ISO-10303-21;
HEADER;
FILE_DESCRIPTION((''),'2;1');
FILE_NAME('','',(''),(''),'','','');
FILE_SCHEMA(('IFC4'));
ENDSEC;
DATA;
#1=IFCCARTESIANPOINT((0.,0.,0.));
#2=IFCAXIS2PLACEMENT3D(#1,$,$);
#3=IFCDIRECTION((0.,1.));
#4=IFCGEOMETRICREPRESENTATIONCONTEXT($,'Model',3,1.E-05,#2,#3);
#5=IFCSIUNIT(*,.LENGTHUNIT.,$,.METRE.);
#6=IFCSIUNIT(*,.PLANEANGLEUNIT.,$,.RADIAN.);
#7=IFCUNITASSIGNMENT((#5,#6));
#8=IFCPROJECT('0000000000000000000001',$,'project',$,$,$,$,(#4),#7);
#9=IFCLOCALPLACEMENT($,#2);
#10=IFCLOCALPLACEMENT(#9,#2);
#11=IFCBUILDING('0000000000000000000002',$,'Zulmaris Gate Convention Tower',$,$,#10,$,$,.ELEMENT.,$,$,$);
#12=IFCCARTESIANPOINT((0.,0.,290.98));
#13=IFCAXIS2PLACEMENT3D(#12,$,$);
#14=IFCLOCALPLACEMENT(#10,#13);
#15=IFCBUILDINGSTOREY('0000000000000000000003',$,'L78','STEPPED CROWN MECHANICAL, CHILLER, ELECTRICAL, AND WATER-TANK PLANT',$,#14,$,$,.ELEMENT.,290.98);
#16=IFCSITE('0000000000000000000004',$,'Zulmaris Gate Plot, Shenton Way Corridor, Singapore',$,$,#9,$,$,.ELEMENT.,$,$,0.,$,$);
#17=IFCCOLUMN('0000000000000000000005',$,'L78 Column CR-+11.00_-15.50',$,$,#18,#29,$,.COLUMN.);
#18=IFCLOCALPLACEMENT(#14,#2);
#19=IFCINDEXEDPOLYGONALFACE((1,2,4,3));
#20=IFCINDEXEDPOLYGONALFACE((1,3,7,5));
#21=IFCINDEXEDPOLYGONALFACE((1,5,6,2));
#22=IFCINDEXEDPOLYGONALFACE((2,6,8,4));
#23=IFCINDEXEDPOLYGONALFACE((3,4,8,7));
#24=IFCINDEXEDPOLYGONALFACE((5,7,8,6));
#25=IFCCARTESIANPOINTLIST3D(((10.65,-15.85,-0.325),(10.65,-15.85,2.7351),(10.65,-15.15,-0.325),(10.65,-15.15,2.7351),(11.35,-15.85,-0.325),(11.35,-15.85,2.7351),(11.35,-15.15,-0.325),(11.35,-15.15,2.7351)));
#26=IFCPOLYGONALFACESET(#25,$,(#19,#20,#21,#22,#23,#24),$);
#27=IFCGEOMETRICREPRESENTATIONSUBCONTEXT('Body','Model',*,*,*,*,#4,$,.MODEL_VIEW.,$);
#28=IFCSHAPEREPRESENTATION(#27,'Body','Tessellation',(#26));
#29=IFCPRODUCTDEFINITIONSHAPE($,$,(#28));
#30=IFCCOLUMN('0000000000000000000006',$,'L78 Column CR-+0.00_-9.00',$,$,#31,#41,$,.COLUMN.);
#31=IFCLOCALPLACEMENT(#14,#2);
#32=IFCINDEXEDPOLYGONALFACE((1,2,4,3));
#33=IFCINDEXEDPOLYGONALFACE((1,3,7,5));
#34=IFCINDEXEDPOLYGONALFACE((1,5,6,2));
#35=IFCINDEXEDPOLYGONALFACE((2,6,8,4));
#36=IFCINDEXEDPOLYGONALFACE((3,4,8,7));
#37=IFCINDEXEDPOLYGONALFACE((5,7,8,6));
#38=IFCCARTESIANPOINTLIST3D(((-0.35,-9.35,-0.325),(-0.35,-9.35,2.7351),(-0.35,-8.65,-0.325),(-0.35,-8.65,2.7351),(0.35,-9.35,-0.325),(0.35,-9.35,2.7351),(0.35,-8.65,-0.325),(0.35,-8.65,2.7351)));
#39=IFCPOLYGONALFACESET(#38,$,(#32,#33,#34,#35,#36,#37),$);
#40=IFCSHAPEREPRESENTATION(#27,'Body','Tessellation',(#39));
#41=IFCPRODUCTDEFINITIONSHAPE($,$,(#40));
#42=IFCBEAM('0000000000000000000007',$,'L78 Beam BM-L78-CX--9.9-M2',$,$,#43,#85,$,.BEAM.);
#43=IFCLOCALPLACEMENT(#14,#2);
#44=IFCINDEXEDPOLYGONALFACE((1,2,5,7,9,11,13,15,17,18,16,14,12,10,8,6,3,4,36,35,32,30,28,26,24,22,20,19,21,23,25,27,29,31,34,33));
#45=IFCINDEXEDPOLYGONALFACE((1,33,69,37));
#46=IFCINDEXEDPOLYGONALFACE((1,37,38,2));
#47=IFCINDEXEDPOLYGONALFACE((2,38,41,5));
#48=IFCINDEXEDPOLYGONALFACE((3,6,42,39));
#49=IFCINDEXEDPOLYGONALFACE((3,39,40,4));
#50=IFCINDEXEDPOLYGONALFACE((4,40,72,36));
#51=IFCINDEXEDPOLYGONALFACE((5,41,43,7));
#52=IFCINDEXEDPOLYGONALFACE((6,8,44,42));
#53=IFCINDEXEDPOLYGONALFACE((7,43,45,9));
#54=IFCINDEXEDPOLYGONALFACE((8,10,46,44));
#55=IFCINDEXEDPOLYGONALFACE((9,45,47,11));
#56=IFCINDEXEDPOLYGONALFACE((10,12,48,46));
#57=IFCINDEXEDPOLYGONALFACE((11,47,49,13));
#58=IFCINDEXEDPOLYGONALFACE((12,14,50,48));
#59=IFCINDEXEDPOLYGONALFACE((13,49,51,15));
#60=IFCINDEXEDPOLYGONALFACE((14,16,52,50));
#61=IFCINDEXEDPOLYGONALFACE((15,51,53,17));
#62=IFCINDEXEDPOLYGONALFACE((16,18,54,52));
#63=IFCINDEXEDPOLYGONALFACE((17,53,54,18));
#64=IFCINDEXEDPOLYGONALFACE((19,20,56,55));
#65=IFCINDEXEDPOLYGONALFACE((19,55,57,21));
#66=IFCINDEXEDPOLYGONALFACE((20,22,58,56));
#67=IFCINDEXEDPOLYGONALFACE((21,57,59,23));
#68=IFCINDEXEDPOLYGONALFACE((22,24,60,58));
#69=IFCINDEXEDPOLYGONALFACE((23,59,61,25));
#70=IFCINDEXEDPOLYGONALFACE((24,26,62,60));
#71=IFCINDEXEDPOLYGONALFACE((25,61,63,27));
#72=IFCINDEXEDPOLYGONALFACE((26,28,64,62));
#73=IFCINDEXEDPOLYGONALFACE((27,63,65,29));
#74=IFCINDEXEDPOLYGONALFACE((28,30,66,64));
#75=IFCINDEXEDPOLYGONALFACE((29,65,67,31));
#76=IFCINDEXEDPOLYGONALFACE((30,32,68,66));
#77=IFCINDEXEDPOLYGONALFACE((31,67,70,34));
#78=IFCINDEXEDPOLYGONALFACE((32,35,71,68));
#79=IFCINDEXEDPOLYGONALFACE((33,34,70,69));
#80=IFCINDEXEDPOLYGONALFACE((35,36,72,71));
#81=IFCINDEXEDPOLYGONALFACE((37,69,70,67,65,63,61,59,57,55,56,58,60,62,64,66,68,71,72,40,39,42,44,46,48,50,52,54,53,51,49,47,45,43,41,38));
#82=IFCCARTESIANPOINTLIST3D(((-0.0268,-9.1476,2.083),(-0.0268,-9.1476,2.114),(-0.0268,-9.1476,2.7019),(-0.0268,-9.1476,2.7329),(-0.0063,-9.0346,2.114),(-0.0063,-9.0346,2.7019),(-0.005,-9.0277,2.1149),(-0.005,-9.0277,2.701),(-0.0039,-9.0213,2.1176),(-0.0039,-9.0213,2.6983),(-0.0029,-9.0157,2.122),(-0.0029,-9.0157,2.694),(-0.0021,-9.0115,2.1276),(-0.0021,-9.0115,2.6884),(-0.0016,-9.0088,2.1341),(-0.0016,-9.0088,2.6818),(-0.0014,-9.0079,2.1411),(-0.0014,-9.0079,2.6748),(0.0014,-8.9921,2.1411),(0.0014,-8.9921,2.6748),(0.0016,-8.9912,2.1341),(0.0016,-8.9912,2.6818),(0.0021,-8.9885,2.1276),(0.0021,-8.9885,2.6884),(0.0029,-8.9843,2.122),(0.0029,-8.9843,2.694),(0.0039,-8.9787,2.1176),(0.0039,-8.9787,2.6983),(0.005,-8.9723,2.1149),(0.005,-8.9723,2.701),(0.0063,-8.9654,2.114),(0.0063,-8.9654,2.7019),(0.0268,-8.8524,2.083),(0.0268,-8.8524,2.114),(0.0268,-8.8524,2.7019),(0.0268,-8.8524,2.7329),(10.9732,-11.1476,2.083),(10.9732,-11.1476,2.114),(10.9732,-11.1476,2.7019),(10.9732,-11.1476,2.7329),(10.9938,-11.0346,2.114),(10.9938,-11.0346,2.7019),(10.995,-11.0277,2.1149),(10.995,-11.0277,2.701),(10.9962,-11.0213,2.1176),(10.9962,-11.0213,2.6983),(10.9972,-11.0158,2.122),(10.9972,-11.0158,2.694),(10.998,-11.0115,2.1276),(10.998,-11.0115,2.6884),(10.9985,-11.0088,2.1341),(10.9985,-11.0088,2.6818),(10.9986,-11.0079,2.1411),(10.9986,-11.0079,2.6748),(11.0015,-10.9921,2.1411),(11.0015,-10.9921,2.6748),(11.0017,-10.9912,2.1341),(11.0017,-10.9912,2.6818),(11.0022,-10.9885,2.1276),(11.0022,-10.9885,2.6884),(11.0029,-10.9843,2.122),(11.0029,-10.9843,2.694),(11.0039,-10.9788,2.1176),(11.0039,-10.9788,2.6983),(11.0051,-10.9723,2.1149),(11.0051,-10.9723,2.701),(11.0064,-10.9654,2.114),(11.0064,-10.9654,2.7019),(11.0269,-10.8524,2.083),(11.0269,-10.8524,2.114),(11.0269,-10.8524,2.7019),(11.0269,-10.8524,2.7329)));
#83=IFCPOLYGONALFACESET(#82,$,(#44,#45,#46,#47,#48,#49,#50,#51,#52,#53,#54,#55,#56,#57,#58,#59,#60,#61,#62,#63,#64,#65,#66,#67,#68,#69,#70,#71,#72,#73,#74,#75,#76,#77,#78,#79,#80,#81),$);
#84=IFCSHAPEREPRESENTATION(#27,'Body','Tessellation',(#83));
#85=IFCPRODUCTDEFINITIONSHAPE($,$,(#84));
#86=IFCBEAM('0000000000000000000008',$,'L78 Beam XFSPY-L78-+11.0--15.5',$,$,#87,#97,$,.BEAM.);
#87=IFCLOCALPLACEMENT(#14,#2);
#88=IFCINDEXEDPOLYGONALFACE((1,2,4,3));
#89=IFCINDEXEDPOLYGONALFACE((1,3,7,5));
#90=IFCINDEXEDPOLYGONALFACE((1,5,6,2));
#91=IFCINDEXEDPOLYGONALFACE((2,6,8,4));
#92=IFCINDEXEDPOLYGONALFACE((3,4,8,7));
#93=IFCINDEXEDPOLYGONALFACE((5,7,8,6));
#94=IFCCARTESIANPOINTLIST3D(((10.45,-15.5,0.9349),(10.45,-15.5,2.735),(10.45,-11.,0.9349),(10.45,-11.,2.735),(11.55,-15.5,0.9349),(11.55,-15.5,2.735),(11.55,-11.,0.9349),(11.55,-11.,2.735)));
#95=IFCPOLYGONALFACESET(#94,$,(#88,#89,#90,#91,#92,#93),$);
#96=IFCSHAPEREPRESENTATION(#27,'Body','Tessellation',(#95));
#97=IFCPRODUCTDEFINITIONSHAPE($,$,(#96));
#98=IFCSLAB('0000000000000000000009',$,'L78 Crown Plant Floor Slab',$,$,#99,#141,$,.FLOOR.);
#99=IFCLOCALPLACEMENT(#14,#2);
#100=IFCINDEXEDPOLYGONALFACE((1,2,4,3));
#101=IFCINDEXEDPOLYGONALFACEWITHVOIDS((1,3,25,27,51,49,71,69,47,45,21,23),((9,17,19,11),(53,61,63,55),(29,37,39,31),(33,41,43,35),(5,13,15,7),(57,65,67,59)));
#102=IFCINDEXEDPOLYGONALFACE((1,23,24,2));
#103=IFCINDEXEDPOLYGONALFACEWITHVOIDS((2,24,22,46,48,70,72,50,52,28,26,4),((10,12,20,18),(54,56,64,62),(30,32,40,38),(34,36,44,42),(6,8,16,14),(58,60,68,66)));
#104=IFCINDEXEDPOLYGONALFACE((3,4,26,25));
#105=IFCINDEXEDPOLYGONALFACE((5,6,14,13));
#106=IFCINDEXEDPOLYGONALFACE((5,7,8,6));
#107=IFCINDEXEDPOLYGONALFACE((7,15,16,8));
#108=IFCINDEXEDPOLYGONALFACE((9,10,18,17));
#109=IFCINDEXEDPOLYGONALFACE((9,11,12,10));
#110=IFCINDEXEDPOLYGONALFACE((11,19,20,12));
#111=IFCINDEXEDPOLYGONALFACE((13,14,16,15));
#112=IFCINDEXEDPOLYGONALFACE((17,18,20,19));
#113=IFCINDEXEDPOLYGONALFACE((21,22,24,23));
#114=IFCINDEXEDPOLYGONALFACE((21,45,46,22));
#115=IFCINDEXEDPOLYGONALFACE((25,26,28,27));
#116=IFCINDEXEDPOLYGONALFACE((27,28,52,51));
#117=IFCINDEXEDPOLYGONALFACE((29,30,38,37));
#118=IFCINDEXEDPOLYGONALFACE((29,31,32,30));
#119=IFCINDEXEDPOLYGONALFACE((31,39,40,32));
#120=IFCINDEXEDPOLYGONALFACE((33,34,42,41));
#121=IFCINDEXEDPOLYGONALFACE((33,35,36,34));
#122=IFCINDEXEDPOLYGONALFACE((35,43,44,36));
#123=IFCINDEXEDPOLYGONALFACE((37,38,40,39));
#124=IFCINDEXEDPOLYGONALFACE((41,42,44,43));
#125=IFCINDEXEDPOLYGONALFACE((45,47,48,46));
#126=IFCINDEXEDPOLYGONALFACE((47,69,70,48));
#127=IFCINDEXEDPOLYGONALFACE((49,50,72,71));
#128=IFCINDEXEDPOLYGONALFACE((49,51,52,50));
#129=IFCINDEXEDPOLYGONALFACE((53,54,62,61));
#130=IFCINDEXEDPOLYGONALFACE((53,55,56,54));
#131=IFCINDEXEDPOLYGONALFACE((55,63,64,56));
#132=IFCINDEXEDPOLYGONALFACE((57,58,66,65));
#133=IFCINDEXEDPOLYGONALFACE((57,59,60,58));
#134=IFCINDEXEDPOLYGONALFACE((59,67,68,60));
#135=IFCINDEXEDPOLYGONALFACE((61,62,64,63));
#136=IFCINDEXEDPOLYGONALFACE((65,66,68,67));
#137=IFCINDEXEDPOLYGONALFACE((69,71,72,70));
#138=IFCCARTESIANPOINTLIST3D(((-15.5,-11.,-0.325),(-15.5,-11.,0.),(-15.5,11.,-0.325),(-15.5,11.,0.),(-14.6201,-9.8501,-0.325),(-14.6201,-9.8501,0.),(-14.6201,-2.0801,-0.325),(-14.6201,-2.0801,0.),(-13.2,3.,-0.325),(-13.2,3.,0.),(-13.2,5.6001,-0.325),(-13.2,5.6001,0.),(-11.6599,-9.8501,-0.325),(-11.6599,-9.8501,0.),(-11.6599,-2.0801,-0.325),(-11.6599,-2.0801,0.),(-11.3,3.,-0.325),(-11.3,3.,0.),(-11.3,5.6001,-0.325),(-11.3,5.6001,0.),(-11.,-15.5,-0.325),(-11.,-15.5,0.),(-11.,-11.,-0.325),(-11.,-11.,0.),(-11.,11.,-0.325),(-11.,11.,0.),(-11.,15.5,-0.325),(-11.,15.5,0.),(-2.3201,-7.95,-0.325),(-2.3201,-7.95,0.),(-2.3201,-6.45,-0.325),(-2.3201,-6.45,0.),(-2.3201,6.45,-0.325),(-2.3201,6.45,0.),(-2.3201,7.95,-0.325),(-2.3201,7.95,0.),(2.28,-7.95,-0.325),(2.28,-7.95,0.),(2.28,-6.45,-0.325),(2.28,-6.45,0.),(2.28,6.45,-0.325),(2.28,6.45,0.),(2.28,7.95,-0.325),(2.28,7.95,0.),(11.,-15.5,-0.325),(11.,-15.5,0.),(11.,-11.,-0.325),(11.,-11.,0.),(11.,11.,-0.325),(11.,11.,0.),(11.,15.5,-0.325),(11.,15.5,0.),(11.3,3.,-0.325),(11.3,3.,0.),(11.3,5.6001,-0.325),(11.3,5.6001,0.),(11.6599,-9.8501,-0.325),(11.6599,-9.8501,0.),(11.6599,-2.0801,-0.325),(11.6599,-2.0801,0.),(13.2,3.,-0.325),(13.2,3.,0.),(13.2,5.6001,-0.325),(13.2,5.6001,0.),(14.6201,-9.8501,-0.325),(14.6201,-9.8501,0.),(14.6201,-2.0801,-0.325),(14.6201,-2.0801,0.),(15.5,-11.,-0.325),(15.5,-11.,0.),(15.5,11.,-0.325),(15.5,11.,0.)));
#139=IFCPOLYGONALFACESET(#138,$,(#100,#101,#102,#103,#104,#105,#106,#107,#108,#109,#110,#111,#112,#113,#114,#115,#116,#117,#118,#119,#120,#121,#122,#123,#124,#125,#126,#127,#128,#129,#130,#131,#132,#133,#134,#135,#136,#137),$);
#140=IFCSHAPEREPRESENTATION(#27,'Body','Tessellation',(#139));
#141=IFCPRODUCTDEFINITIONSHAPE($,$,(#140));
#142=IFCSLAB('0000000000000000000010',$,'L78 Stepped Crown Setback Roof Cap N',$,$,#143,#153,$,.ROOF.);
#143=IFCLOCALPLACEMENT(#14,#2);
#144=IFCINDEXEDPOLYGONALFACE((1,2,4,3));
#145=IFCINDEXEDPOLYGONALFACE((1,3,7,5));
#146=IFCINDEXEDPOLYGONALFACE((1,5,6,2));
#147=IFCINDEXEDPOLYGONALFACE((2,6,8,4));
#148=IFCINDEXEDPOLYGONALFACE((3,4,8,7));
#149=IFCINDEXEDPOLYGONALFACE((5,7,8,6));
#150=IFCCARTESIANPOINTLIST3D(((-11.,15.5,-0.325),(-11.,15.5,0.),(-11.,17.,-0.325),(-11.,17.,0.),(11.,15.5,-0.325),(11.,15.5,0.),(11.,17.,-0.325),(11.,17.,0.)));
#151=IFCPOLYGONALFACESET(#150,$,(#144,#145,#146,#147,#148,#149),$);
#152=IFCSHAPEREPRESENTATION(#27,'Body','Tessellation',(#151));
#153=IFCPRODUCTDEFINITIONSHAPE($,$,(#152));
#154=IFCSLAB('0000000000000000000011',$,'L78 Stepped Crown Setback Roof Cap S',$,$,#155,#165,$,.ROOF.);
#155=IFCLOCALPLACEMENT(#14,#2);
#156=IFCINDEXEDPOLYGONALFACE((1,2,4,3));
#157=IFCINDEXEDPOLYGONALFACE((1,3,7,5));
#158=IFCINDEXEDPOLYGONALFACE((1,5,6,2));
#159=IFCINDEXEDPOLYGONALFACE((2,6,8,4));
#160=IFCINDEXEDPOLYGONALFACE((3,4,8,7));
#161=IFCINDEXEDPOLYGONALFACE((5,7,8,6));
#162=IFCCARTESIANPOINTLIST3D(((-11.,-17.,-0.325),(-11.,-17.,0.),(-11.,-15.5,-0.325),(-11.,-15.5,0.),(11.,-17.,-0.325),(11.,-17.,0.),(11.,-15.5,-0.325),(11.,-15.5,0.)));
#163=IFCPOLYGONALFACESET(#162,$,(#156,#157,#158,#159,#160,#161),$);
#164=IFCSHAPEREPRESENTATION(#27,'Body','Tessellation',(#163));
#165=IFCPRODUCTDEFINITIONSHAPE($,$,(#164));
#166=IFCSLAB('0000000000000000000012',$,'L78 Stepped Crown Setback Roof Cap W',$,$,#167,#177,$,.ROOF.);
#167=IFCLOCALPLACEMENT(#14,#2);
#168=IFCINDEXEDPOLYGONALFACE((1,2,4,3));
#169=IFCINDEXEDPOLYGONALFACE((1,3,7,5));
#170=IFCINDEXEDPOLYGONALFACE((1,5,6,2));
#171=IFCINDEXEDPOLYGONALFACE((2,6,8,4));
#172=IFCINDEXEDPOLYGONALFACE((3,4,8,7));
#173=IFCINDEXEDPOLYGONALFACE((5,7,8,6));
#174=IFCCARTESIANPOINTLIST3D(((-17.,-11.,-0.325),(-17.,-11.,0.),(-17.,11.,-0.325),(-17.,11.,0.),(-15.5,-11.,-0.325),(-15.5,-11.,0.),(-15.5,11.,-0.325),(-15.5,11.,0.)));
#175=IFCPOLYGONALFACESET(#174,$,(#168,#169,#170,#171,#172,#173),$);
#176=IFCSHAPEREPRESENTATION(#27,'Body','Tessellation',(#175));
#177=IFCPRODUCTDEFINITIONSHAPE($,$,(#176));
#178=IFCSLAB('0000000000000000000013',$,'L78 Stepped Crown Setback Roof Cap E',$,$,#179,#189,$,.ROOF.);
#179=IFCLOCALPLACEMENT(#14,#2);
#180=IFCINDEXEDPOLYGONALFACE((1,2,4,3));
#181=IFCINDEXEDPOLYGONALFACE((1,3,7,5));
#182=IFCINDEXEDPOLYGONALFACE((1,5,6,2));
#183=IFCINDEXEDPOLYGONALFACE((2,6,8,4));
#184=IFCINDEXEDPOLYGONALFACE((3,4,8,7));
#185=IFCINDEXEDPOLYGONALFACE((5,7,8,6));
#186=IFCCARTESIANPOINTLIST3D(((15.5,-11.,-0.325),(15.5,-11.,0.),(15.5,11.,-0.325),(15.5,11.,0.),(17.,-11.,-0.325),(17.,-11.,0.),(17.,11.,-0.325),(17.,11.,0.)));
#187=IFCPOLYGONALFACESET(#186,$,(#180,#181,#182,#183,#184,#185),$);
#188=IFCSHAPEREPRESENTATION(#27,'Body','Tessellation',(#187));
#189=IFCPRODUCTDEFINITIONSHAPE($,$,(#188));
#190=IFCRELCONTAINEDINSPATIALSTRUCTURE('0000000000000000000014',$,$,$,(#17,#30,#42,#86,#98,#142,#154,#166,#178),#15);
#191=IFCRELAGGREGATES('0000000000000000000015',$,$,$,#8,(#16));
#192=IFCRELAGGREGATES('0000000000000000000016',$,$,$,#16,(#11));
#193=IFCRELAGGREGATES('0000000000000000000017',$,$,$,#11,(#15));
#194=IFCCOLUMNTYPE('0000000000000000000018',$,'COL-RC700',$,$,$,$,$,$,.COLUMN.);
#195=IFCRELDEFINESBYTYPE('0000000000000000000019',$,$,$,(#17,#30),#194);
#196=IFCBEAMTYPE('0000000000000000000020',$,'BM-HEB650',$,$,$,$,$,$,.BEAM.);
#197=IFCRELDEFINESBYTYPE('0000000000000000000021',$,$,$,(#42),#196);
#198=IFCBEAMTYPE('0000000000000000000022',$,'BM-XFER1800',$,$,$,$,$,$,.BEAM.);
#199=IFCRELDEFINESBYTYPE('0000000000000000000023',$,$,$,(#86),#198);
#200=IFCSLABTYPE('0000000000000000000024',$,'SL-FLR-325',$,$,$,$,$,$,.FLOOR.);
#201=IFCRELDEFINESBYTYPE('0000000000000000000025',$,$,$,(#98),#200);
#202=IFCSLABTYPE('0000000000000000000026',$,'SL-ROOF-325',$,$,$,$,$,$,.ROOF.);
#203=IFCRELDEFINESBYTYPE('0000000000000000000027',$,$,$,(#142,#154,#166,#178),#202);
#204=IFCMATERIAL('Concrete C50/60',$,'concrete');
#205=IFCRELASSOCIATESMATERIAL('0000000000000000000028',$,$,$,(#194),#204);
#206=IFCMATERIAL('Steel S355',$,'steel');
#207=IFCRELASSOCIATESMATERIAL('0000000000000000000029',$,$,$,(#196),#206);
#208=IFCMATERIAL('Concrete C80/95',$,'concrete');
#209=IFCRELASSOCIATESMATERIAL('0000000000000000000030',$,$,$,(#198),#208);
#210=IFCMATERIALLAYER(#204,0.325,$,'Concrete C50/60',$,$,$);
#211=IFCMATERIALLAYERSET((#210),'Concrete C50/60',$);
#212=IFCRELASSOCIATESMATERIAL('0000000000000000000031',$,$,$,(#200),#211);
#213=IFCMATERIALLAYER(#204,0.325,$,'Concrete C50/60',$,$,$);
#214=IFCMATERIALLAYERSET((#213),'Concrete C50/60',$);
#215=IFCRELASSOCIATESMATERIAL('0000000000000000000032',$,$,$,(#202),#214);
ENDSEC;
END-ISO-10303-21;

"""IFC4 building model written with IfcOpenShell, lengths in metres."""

from ifc_helpers import new_model, si_unit, direction, frame, origin, origin_2d, place, context, subcontext, project, spatial, polyline, rectangle, i_section, outline, extrude, material, layer, layer_set, material_profile, profile_set, type_object, element, save


model = new_model("IFC4")

# Units and contexts
model_context = context("Model", 3, precision=1e-05, world=origin(), true_north=direction((0.0, 1.0)))
body_context = subcontext(model_context, "Body", "Model", "MODEL_VIEW")
ifc_project = project(units=[si_unit("LENGTHUNIT", "METRE"), si_unit("PLANEANGLEUNIT", "RADIAN")], contexts=[model_context])

# Site, building, storey
site_placement = place(None, origin())
site = spatial("IfcSite", under=ifc_project, at=site_placement, Name="Zulmaris Gate Plot, Shenton Way Corridor, Singapore", CompositionType="ELEMENT", RefElevation=0.0)
building_placement = place(site_placement, origin())
building = spatial("IfcBuilding", under=site, at=building_placement, Name="Zulmaris Gate Convention Tower", CompositionType="ELEMENT")
storey_placement = place(building_placement, frame((0.0, 0.0, 290.98)))
storey = spatial("IfcBuildingStorey", under=building, at=storey_placement, Name="L78", Description="STEPPED CROWN MECHANICAL, CHILLER, ELECTRICAL, AND WATER-TANK PLANT", CompositionType="ELEMENT", Elevation=290.98)

# Columns
ifc_material_1 = material(Name="Concrete C50/60", Category="concrete")
ifc_material_profile_1 = material_profile(ifc_material_1, rectangle(XDim=0.7, YDim=0.7, at=origin_2d()), Name="RC COL 700x700")
ifc_profile_set_1 = profile_set([ifc_material_profile_1], Name="Concrete C50/60")
column_type = type_object("IfcColumnType", Name="COL-RC700", PredefinedType="COLUMN", material=ifc_profile_set_1)
for number, where, z_axis, x_axis, name in (
    (1, (11.0, -15.5, -0.325), (0.0, 0.0, 1.0), (1.0, 0.0, 0.0), "L78 Column CR-+11.00_-15.50"),
    (2, (0.0, -9.0, -0.325), (0.0, 0.0, 1.0), (1.0, 0.0, 0.0), "L78 Column CR-+0.00_-9.00"),
):
    element("IfcColumn", number, at=place(storey_placement, frame(where, z_axis=z_axis, x_axis=x_axis)), inside=storey, type_object=column_type, Name=name, PredefinedType="COLUMN", context=body_context, shape_type="SweptSolid", body=[
        extrude(rectangle(XDim=0.7, YDim=0.7, at=origin_2d()), origin(), (0.0, 0.0, 1.0), 3.0601),
    ])

# Beams
ifc_material_2 = material(Name="Steel S355", Category="steel")
ifc_material_profile_2 = material_profile(ifc_material_2, i_section(OverallWidth=0.3, OverallDepth=0.6499, WebThickness=0.0161, FlangeThickness=0.031, FilletRadius=0.0271, at=origin_2d()), Name="HEB 650")
ifc_profile_set_2 = profile_set([ifc_material_profile_2], Name="Steel S355")
beam_type_1 = type_object("IfcBeamType", Name="BM-HEB650", PredefinedType="BEAM", material=ifc_profile_set_2)
beam_1_placement = place(storey_placement, frame((0.0, -9.0, 2.408), z_axis=(0.98387, -0.178885, 0.0), x_axis=(0.178885, 0.98387, 0.0)))
element("IfcBeam", 3, at=beam_1_placement, inside=storey, type_object=beam_type_1, Name="L78 Beam BM-L78-CX--9.9-M2", PredefinedType="BEAM", context=body_context, shape_type="SweptSolid", body=[
    extrude(i_section(OverallWidth=0.3, OverallDepth=0.6499, WebThickness=0.0161, FlangeThickness=0.031, FilletRadius=0.0271, at=origin_2d()), origin(), (0.0, 0.0, 1.0), 11.1804),
])
ifc_material_3 = material(Name="Concrete C80/95", Category="concrete")
ifc_material_profile_3 = material_profile(ifc_material_3, rectangle(XDim=1.1001, YDim=1.8, at=origin_2d()), Name="RC TRANSFER 1100x1800")
ifc_profile_set_3 = profile_set([ifc_material_profile_3], Name="Concrete C80/95")
beam_type_2 = type_object("IfcBeamType", Name="BM-XFER1800", PredefinedType="BEAM", material=ifc_profile_set_3)
beam_2_placement = place(storey_placement, frame((11.0, -15.5, 1.835), z_axis=(0.0, 1.0, 0.0), x_axis=(-1.0, 0.0, 0.0)))
element("IfcBeam", 4, at=beam_2_placement, inside=storey, type_object=beam_type_2, Name="L78 Beam XFSPY-L78-+11.0--15.5", PredefinedType="BEAM", context=body_context, shape_type="SweptSolid", body=[
    extrude(rectangle(XDim=1.1001, YDim=1.8, at=origin_2d()), origin(), (0.0, 0.0, 1.0), 4.5),
])

# Slabs
ifc_layer_1 = layer(ifc_material_1, 0.325, Name="Concrete C50/60")
ifc_layer_set_1 = layer_set([ifc_layer_1], Name="Concrete C50/60")
slab_type_1 = type_object("IfcSlabType", Name="SL-FLR-325", PredefinedType="FLOOR", material=ifc_layer_set_1)
slab_1_placement = place(storey_placement, frame((0.0, 0.0, -0.325)))
element("IfcSlab", 5, at=slab_1_placement, inside=storey, type_object=slab_type_1, Name="L78 Crown Plant Floor Slab", PredefinedType="FLOOR", context=body_context, shape_type="SweptSolid", body=[
    extrude(outline(polyline([(-11.0, -15.5), (11.0, -15.5), (11.0, -11.0), (15.5, -11.0), (15.5, 11.0), (11.0, 11.0), (11.0, 15.5), (-11.0, 15.5), (-11.0, 11.0), (-15.5, 11.0), (-15.5, -11.0), (-11.0, -11.0), (-11.0, -15.5)]), holes=[polyline([(-14.6201, -2.0801), (-14.6201, -9.8501), (-11.6599, -9.8501), (-11.6599, -2.0801), (-14.6201, -2.0801)]), polyline([(11.6599, -2.0801), (11.6599, -9.8501), (14.6201, -9.8501), (14.6201, -2.0801), (11.6599, -2.0801)]), polyline([(-2.3201, -7.95), (2.28, -7.95), (2.28, -6.45), (-2.3201, -6.45), (-2.3201, -7.95)]), polyline([(-2.3201, 6.45), (2.28, 6.45), (2.28, 7.95), (-2.3201, 7.95), (-2.3201, 6.45)]), polyline([(-13.2, 3.0), (-11.3, 3.0), (-11.3, 5.6001), (-13.2, 5.6001), (-13.2, 3.0)]), polyline([(11.3, 3.0), (13.2, 3.0), (13.2, 5.6001), (11.3, 5.6001), (11.3, 3.0)])]), origin(), (0.0, 0.0, 1.0), 0.325),
])
ifc_layer_2 = layer(ifc_material_1, 0.325, Name="Concrete C50/60")
ifc_layer_set_2 = layer_set([ifc_layer_2], Name="Concrete C50/60")
slab_type_2 = type_object("IfcSlabType", Name="SL-ROOF-325", PredefinedType="ROOF", material=ifc_layer_set_2)
slab_2_placement = place(storey_placement, frame((0.0, 0.0, -0.325)))
element("IfcSlab", 6, at=slab_2_placement, inside=storey, type_object=slab_type_2, Name="L78 Stepped Crown Setback Roof Cap N", PredefinedType="ROOF", context=body_context, shape_type="SweptSolid", body=[
    extrude(outline(polyline([(-11.0, 15.5), (11.0, 15.5), (11.0, 17.0), (-11.0, 17.0), (-11.0, 15.5)])), origin(), (0.0, 0.0, 1.0), 0.325),
])
slab_3_placement = place(storey_placement, frame((0.0, 0.0, -0.325)))
element("IfcSlab", 7, at=slab_3_placement, inside=storey, type_object=slab_type_2, Name="L78 Stepped Crown Setback Roof Cap S", PredefinedType="ROOF", context=body_context, shape_type="SweptSolid", body=[
    extrude(outline(polyline([(-11.0, -17.0), (11.0, -17.0), (11.0, -15.5), (-11.0, -15.5), (-11.0, -17.0)])), origin(), (0.0, 0.0, 1.0), 0.325),
])
slab_4_placement = place(storey_placement, frame((0.0, 0.0, -0.325)))
element("IfcSlab", 8, at=slab_4_placement, inside=storey, type_object=slab_type_2, Name="L78 Stepped Crown Setback Roof Cap W", PredefinedType="ROOF", context=body_context, shape_type="SweptSolid", body=[
    extrude(outline(polyline([(-17.0, -11.0), (-15.5, -11.0), (-15.5, 11.0), (-17.0, 11.0), (-17.0, -11.0)])), origin(), (0.0, 0.0, 1.0), 0.325),
])
slab_5_placement = place(storey_placement, frame((0.0, 0.0, -0.325)))
element("IfcSlab", 9, at=slab_5_placement, inside=storey, type_object=slab_type_2, Name="L78 Stepped Crown Setback Roof Cap E", PredefinedType="ROOF", context=body_context, shape_type="SweptSolid", body=[
    extrude(outline(polyline([(15.5, -11.0), (17.0, -11.0), (17.0, 11.0), (15.5, 11.0), (15.5, -11.0)])), origin(), (0.0, 0.0, 1.0), 0.325),
])

save(model, "model.ifc")
